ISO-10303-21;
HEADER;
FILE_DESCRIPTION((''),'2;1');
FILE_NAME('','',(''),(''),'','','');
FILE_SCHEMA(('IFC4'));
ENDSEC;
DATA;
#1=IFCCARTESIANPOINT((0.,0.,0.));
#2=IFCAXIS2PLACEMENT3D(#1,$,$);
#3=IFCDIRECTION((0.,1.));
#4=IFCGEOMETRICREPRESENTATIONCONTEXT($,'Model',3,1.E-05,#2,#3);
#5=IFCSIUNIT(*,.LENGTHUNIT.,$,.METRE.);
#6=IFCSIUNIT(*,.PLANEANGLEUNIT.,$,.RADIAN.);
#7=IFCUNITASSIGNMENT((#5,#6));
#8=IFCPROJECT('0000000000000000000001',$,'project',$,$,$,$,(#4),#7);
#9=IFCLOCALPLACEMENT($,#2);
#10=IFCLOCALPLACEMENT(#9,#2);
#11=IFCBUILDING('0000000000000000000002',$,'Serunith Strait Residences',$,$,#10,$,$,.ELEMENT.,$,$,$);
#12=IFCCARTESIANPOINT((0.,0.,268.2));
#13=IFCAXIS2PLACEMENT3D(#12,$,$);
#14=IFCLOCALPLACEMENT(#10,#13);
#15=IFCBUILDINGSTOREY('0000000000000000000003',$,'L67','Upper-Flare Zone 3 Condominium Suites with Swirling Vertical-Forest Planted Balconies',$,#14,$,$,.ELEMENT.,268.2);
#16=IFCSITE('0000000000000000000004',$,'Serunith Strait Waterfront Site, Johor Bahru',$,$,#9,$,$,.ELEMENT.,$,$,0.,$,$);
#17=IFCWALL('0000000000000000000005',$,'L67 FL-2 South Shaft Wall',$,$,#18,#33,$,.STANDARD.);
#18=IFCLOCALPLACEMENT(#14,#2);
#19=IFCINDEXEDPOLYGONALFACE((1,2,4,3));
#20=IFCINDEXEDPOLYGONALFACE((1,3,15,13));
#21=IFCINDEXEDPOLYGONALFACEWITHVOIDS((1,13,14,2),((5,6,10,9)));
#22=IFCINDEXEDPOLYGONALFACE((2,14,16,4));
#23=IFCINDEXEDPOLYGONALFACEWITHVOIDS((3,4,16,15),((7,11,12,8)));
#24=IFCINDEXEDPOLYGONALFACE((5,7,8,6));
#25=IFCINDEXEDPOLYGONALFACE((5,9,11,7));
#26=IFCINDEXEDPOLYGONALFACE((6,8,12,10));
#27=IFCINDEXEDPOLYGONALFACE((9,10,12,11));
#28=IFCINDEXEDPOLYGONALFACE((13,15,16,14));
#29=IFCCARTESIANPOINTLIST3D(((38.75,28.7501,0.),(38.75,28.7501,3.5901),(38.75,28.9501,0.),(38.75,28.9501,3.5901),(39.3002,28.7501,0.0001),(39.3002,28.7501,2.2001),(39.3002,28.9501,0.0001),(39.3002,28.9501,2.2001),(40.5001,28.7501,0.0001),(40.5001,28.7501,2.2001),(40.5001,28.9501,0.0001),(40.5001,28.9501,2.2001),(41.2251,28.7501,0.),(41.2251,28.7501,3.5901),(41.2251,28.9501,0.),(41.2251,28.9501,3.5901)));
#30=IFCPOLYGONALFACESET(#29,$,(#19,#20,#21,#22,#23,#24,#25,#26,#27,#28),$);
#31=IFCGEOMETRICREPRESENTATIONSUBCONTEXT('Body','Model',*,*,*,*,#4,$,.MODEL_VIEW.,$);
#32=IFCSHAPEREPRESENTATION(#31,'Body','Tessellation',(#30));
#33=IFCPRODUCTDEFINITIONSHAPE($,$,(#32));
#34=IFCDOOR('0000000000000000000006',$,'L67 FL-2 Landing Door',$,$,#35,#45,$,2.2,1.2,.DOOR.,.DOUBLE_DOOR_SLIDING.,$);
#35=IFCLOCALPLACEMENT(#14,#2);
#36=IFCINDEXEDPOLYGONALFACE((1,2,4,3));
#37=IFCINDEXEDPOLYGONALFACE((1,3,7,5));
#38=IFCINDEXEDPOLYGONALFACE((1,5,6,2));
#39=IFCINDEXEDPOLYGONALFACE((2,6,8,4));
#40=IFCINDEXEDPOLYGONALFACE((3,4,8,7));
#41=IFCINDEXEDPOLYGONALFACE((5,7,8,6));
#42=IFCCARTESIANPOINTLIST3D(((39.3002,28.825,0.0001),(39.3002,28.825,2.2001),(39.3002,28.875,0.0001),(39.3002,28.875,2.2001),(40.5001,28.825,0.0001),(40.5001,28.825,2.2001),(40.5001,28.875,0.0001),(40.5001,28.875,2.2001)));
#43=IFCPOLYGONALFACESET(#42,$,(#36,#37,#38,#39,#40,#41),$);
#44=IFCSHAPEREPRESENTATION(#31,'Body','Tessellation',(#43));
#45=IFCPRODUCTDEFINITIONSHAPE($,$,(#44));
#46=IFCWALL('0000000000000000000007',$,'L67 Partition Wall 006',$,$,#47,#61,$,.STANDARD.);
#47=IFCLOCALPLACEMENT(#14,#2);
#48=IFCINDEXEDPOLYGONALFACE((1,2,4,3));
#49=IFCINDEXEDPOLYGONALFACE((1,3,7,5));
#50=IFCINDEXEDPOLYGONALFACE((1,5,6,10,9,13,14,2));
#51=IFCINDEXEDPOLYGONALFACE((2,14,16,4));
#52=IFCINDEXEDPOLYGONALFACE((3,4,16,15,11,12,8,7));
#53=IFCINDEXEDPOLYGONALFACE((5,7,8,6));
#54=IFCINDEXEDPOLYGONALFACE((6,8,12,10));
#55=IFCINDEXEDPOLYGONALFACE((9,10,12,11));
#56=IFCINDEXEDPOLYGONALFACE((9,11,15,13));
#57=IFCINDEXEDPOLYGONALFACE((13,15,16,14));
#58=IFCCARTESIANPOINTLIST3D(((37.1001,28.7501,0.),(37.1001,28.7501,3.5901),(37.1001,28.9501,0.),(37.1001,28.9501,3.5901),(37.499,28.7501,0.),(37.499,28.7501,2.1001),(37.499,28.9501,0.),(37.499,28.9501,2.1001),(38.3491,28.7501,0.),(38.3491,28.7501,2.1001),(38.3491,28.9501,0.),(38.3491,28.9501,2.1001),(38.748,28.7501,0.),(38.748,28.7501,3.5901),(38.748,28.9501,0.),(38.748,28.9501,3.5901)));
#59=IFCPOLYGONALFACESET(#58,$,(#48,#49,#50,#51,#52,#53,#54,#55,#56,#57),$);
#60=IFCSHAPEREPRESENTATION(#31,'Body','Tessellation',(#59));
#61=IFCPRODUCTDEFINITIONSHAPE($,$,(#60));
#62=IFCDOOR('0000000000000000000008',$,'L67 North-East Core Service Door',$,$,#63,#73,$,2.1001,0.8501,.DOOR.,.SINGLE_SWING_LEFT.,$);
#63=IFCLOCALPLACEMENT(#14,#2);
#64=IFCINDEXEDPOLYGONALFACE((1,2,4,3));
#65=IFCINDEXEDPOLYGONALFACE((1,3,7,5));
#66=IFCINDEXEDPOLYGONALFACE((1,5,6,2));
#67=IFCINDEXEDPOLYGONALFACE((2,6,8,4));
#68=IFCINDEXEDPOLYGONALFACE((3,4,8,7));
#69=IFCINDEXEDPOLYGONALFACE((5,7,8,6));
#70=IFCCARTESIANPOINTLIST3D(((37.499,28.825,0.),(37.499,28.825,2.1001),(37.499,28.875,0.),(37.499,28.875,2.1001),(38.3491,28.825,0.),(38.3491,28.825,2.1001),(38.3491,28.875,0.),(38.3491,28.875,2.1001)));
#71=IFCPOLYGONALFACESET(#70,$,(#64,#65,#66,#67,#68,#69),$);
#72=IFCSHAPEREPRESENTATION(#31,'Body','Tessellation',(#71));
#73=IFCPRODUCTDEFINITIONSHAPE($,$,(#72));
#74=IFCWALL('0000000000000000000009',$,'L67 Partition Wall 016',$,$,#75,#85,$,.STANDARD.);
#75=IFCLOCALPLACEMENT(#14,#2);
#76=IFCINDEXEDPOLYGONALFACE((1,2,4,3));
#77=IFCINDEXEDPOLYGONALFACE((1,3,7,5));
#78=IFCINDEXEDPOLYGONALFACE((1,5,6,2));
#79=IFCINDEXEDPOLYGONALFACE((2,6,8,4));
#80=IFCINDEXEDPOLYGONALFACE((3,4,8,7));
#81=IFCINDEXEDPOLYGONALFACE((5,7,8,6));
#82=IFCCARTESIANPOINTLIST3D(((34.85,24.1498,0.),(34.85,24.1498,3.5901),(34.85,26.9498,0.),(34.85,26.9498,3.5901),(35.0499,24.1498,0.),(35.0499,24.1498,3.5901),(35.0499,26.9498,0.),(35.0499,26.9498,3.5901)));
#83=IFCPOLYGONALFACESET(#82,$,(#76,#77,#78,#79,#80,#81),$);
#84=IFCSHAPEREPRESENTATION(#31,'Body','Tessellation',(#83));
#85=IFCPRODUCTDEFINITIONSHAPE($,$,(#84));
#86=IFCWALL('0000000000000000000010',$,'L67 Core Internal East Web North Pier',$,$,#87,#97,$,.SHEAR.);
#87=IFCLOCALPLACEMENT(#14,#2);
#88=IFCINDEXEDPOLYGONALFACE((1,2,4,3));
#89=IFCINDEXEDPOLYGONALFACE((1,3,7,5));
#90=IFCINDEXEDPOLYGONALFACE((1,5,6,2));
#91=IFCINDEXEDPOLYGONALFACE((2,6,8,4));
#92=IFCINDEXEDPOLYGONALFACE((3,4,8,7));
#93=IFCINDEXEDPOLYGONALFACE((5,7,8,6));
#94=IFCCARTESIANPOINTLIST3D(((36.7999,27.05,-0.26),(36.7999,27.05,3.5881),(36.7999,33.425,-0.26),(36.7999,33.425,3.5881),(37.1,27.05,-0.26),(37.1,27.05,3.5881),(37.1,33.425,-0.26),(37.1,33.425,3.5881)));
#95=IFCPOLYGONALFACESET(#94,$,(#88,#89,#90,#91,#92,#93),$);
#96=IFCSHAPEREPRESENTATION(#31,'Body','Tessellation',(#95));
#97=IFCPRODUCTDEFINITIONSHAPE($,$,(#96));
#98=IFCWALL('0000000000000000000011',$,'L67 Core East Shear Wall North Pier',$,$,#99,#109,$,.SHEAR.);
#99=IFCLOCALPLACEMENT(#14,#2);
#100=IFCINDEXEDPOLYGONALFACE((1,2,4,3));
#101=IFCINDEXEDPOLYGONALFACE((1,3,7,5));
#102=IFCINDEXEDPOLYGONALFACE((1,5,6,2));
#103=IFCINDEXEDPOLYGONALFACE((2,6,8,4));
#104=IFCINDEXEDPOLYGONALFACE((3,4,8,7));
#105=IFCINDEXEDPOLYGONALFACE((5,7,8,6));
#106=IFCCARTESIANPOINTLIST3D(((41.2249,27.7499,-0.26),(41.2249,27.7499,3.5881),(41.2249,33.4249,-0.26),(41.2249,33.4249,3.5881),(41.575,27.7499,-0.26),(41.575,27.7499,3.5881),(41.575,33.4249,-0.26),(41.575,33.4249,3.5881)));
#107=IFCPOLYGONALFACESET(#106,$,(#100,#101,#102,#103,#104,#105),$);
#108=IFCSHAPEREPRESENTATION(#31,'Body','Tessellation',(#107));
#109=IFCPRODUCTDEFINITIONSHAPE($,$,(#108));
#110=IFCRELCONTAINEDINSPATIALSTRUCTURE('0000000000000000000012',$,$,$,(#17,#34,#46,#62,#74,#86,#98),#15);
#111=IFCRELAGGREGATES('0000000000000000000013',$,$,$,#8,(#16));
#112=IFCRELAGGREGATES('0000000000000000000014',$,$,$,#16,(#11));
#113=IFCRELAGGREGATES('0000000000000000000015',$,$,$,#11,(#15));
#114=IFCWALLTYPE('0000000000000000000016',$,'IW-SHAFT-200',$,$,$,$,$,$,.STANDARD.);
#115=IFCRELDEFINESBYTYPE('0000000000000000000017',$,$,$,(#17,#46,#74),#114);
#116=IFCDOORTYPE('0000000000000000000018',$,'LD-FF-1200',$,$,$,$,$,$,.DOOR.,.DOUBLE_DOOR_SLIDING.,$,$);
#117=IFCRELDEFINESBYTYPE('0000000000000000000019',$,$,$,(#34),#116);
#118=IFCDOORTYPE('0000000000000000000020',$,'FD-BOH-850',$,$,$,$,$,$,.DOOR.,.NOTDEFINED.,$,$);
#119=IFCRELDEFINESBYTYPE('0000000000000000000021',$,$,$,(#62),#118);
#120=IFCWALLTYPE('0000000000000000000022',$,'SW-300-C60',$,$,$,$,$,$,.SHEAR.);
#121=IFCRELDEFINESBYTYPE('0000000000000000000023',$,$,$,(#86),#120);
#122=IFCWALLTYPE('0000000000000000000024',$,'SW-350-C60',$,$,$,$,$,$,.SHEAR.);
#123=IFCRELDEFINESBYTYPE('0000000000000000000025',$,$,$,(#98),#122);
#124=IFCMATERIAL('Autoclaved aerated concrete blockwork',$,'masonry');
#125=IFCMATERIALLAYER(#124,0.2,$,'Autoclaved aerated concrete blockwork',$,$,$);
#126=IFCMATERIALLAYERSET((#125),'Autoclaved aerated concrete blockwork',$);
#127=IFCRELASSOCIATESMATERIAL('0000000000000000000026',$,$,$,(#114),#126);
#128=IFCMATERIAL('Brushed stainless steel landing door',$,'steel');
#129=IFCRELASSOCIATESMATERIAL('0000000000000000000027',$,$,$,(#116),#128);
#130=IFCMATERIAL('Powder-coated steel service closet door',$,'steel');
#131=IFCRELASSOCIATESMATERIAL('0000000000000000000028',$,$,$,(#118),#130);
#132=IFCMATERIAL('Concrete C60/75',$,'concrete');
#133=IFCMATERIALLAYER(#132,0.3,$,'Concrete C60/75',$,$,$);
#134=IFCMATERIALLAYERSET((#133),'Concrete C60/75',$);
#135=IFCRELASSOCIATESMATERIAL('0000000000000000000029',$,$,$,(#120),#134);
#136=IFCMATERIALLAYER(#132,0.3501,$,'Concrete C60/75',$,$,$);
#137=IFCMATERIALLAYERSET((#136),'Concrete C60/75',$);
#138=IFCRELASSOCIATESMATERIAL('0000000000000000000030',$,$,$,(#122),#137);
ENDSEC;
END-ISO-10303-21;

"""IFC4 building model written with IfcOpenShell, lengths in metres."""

from ifc_helpers import new_model, si_unit, direction, frame, frame_2d, origin, place, context, subcontext, project, spatial, rectangle, extrude, source, transform, mapped, material, layer, layer_set, type_object, element, fill, save


model = new_model("IFC4")

# Units and contexts
model_context = context("Model", 3, precision=1e-05, world=origin(), true_north=direction((0.0, 1.0)))
body_context = subcontext(model_context, "Body", "Model", "MODEL_VIEW")
ifc_project = project(units=[si_unit("LENGTHUNIT", "METRE"), si_unit("PLANEANGLEUNIT", "RADIAN")], contexts=[model_context])

# Site, building, storey
site_placement = place(None, origin())
site = spatial("IfcSite", under=ifc_project, at=site_placement, Name="Serunith Strait Waterfront Site, Johor Bahru", CompositionType="ELEMENT", RefElevation=0.0)
building_placement = place(site_placement, origin())
building = spatial("IfcBuilding", under=site, at=building_placement, Name="Serunith Strait Residences", CompositionType="ELEMENT")
storey_placement = place(building_placement, frame((0.0, 0.0, 268.2)))
storey = spatial("IfcBuildingStorey", under=building, at=storey_placement, Name="L67", Description="Upper-Flare Zone 3 Condominium Suites with Swirling Vertical-Forest Planted Balconies", CompositionType="ELEMENT", Elevation=268.2)

# Walls, openings, doors
ifc_material_1 = material(Name="Autoclaved aerated concrete blockwork", Category="masonry")
ifc_layer_1 = layer(ifc_material_1, 0.2, Name="Autoclaved aerated concrete blockwork")
ifc_layer_set_1 = layer_set([ifc_layer_1], Name="Autoclaved aerated concrete blockwork")
wall_type_1 = type_object("IfcWallType", Name="IW-SHAFT-200", PredefinedType="STANDARD", material=ifc_layer_set_1)
wall_1_placement = place(storey_placement, frame((38.75, 28.8501, 0.0), z_axis=(0.0, 0.0, 1.0), x_axis=(1.0, 0.0, 0.0)))
wall_1 = element("IfcWall", 1, at=wall_1_placement, inside=storey, type_object=wall_type_1, Name="L67 FL-2 South Shaft Wall", PredefinedType="STANDARD", context=body_context, shape_type="SweptSolid", body=[
    extrude(rectangle(XDim=2.4751, YDim=0.2, at=frame_2d((1.2375, 0.0))), origin(), (0.0, 0.0, 1.0), 3.5901),
])
opening_1_placement = place(wall_1_placement, frame((0.55, 0.0, 0.0)))
opening_1 = element("IfcOpeningElement", 2, at=opening_1_placement, cuts=wall_1, PredefinedType="OPENING", context=body_context, shape_type="SweptSolid", body=[
    extrude(rectangle(XDim=1.2, YDim=2.2, at=frame_2d((0.6001, 1.1001))), frame((0.0, 0.1099, 0.0), z_axis=(0.0, -1.0, 0.0), x_axis=(1.0, 0.0, 0.0)), (0.0, 0.0, 1.0), 0.22),
])
ifc_material_2 = material(Name="Brushed stainless steel landing door", Category="steel")
door_type_1 = type_object("IfcDoorType", Name="LD-FF-1200", OperationType="DOUBLE_DOOR_SLIDING", PredefinedType="DOOR", material=ifc_material_2)
shared_shape_1 = source(origin(), body_context, "Body", "SweptSolid", [
    extrude(rectangle(XDim=1.2, YDim=2.2, at=frame_2d((0.6001, 1.1001))), frame((0.0, 0.0249, 0.0), z_axis=(0.0, -1.0, 0.0), x_axis=(1.0, 0.0, 0.0)), (0.0, 0.0, 1.0), 0.05),
])
door_1_placement = place(opening_1_placement, origin())
door_1 = element("IfcDoor", 3, at=door_1_placement, inside=storey, type_object=door_type_1, Name="L67 FL-2 Landing Door", OperationType="DOUBLE_DOOR_SLIDING", OverallHeight=2.2, OverallWidth=1.2, PredefinedType="DOOR", context=body_context, shape_type="MappedRepresentation", body=[
    mapped(shared_shape_1, transform((0.0, 0.0, 0.0), scale=1.0)),
])
fill(opening_1, door_1)
wall_2_placement = place(storey_placement, frame((37.1001, 28.8501, 0.0), z_axis=(0.0, 0.0, 1.0), x_axis=(1.0, 0.0, 0.0)))
wall_2 = element("IfcWall", 4, at=wall_2_placement, inside=storey, type_object=wall_type_1, Name="L67 Partition Wall 006", PredefinedType="STANDARD", context=body_context, shape_type="SweptSolid", body=[
    extrude(rectangle(XDim=1.6479, YDim=0.2, at=frame_2d((0.824, 0.0))), origin(), (0.0, 0.0, 1.0), 3.5901),
])
opening_2_placement = place(wall_2_placement, frame((0.3989, 0.0, 0.0)))
opening_2 = element("IfcOpeningElement", 5, at=opening_2_placement, cuts=wall_2, PredefinedType="OPENING", context=body_context, shape_type="SweptSolid", body=[
    extrude(rectangle(XDim=0.8501, YDim=2.1001, at=frame_2d((0.425, 1.05))), frame((0.0, 0.1099, 0.0), z_axis=(0.0, -1.0, 0.0), x_axis=(1.0, 0.0, 0.0)), (0.0, 0.0, 1.0), 0.22),
])
ifc_material_3 = material(Name="Powder-coated steel service closet door", Category="steel")
door_type_2 = type_object("IfcDoorType", Name="FD-BOH-850", OperationType="NOTDEFINED", PredefinedType="DOOR", material=ifc_material_3)
shared_shape_2 = source(origin(), body_context, "Body", "SweptSolid", [
    extrude(rectangle(XDim=0.8501, YDim=2.1001, at=frame_2d((0.425, 1.05))), frame((0.0, 0.0249, 0.0), z_axis=(0.0, -1.0, 0.0), x_axis=(1.0, 0.0, 0.0)), (0.0, 0.0, 1.0), 0.05),
])
door_2_placement = place(opening_2_placement, origin())
door_2 = element("IfcDoor", 6, at=door_2_placement, inside=storey, type_object=door_type_2, Name="L67 North-East Core Service Door", OperationType="SINGLE_SWING_LEFT", OverallHeight=2.1001, OverallWidth=0.8501, PredefinedType="DOOR", context=body_context, shape_type="MappedRepresentation", body=[
    mapped(shared_shape_2, transform((0.0, 0.0, 0.0), scale=1.0)),
])
fill(opening_2, door_2)

# Walls
wall_3_placement = place(storey_placement, frame((34.95, 24.1499, 0.0), z_axis=(0.0, 0.0, 1.0), x_axis=(0.0, 1.0, 0.0)))
element("IfcWall", 7, at=wall_3_placement, inside=storey, type_object=wall_type_1, Name="L67 Partition Wall 016", PredefinedType="STANDARD", context=body_context, shape_type="SweptSolid", body=[
    extrude(rectangle(XDim=2.8, YDim=0.2, at=frame_2d((1.3999, 0.0))), origin(), (0.0, 0.0, 1.0), 3.5901),
])
ifc_material_4 = material(Name="Concrete C60/75", Category="concrete")
ifc_layer_2 = layer(ifc_material_4, 0.3, Name="Concrete C60/75")
ifc_layer_set_2 = layer_set([ifc_layer_2], Name="Concrete C60/75")
wall_type_2 = type_object("IfcWallType", Name="SW-300-C60", PredefinedType="SHEAR", material=ifc_layer_set_2)
wall_4_placement = place(storey_placement, frame((36.95, 27.05, -0.26), z_axis=(0.0, 0.0, 1.0), x_axis=(0.0, 1.0, 0.0)))
element("IfcWall", 8, at=wall_4_placement, inside=storey, type_object=wall_type_2, Name="L67 Core Internal East Web North Pier", PredefinedType="SHEAR", context=body_context, shape_type="SweptSolid", body=[
    extrude(rectangle(XDim=6.375, YDim=0.3, at=frame_2d((3.1875, 0.0))), origin(), (0.0, 0.0, 1.0), 3.8481),
])
ifc_layer_3 = layer(ifc_material_4, 0.3501, Name="Concrete C60/75")
ifc_layer_set_3 = layer_set([ifc_layer_3], Name="Concrete C60/75")
wall_type_3 = type_object("IfcWallType", Name="SW-350-C60", PredefinedType="SHEAR", material=ifc_layer_set_3)
wall_5_placement = place(storey_placement, frame((41.3999, 27.75, -0.26), z_axis=(0.0, 0.0, 1.0), x_axis=(0.0, 1.0, 0.0)))
element("IfcWall", 9, at=wall_5_placement, inside=storey, type_object=wall_type_3, Name="L67 Core East Shear Wall North Pier", PredefinedType="SHEAR", context=body_context, shape_type="SweptSolid", body=[
    extrude(rectangle(XDim=5.675, YDim=0.3501, at=frame_2d((2.8374, 0.0))), origin(), (0.0, 0.0, 1.0), 3.8481),
])

save(model, "model.ifc")
